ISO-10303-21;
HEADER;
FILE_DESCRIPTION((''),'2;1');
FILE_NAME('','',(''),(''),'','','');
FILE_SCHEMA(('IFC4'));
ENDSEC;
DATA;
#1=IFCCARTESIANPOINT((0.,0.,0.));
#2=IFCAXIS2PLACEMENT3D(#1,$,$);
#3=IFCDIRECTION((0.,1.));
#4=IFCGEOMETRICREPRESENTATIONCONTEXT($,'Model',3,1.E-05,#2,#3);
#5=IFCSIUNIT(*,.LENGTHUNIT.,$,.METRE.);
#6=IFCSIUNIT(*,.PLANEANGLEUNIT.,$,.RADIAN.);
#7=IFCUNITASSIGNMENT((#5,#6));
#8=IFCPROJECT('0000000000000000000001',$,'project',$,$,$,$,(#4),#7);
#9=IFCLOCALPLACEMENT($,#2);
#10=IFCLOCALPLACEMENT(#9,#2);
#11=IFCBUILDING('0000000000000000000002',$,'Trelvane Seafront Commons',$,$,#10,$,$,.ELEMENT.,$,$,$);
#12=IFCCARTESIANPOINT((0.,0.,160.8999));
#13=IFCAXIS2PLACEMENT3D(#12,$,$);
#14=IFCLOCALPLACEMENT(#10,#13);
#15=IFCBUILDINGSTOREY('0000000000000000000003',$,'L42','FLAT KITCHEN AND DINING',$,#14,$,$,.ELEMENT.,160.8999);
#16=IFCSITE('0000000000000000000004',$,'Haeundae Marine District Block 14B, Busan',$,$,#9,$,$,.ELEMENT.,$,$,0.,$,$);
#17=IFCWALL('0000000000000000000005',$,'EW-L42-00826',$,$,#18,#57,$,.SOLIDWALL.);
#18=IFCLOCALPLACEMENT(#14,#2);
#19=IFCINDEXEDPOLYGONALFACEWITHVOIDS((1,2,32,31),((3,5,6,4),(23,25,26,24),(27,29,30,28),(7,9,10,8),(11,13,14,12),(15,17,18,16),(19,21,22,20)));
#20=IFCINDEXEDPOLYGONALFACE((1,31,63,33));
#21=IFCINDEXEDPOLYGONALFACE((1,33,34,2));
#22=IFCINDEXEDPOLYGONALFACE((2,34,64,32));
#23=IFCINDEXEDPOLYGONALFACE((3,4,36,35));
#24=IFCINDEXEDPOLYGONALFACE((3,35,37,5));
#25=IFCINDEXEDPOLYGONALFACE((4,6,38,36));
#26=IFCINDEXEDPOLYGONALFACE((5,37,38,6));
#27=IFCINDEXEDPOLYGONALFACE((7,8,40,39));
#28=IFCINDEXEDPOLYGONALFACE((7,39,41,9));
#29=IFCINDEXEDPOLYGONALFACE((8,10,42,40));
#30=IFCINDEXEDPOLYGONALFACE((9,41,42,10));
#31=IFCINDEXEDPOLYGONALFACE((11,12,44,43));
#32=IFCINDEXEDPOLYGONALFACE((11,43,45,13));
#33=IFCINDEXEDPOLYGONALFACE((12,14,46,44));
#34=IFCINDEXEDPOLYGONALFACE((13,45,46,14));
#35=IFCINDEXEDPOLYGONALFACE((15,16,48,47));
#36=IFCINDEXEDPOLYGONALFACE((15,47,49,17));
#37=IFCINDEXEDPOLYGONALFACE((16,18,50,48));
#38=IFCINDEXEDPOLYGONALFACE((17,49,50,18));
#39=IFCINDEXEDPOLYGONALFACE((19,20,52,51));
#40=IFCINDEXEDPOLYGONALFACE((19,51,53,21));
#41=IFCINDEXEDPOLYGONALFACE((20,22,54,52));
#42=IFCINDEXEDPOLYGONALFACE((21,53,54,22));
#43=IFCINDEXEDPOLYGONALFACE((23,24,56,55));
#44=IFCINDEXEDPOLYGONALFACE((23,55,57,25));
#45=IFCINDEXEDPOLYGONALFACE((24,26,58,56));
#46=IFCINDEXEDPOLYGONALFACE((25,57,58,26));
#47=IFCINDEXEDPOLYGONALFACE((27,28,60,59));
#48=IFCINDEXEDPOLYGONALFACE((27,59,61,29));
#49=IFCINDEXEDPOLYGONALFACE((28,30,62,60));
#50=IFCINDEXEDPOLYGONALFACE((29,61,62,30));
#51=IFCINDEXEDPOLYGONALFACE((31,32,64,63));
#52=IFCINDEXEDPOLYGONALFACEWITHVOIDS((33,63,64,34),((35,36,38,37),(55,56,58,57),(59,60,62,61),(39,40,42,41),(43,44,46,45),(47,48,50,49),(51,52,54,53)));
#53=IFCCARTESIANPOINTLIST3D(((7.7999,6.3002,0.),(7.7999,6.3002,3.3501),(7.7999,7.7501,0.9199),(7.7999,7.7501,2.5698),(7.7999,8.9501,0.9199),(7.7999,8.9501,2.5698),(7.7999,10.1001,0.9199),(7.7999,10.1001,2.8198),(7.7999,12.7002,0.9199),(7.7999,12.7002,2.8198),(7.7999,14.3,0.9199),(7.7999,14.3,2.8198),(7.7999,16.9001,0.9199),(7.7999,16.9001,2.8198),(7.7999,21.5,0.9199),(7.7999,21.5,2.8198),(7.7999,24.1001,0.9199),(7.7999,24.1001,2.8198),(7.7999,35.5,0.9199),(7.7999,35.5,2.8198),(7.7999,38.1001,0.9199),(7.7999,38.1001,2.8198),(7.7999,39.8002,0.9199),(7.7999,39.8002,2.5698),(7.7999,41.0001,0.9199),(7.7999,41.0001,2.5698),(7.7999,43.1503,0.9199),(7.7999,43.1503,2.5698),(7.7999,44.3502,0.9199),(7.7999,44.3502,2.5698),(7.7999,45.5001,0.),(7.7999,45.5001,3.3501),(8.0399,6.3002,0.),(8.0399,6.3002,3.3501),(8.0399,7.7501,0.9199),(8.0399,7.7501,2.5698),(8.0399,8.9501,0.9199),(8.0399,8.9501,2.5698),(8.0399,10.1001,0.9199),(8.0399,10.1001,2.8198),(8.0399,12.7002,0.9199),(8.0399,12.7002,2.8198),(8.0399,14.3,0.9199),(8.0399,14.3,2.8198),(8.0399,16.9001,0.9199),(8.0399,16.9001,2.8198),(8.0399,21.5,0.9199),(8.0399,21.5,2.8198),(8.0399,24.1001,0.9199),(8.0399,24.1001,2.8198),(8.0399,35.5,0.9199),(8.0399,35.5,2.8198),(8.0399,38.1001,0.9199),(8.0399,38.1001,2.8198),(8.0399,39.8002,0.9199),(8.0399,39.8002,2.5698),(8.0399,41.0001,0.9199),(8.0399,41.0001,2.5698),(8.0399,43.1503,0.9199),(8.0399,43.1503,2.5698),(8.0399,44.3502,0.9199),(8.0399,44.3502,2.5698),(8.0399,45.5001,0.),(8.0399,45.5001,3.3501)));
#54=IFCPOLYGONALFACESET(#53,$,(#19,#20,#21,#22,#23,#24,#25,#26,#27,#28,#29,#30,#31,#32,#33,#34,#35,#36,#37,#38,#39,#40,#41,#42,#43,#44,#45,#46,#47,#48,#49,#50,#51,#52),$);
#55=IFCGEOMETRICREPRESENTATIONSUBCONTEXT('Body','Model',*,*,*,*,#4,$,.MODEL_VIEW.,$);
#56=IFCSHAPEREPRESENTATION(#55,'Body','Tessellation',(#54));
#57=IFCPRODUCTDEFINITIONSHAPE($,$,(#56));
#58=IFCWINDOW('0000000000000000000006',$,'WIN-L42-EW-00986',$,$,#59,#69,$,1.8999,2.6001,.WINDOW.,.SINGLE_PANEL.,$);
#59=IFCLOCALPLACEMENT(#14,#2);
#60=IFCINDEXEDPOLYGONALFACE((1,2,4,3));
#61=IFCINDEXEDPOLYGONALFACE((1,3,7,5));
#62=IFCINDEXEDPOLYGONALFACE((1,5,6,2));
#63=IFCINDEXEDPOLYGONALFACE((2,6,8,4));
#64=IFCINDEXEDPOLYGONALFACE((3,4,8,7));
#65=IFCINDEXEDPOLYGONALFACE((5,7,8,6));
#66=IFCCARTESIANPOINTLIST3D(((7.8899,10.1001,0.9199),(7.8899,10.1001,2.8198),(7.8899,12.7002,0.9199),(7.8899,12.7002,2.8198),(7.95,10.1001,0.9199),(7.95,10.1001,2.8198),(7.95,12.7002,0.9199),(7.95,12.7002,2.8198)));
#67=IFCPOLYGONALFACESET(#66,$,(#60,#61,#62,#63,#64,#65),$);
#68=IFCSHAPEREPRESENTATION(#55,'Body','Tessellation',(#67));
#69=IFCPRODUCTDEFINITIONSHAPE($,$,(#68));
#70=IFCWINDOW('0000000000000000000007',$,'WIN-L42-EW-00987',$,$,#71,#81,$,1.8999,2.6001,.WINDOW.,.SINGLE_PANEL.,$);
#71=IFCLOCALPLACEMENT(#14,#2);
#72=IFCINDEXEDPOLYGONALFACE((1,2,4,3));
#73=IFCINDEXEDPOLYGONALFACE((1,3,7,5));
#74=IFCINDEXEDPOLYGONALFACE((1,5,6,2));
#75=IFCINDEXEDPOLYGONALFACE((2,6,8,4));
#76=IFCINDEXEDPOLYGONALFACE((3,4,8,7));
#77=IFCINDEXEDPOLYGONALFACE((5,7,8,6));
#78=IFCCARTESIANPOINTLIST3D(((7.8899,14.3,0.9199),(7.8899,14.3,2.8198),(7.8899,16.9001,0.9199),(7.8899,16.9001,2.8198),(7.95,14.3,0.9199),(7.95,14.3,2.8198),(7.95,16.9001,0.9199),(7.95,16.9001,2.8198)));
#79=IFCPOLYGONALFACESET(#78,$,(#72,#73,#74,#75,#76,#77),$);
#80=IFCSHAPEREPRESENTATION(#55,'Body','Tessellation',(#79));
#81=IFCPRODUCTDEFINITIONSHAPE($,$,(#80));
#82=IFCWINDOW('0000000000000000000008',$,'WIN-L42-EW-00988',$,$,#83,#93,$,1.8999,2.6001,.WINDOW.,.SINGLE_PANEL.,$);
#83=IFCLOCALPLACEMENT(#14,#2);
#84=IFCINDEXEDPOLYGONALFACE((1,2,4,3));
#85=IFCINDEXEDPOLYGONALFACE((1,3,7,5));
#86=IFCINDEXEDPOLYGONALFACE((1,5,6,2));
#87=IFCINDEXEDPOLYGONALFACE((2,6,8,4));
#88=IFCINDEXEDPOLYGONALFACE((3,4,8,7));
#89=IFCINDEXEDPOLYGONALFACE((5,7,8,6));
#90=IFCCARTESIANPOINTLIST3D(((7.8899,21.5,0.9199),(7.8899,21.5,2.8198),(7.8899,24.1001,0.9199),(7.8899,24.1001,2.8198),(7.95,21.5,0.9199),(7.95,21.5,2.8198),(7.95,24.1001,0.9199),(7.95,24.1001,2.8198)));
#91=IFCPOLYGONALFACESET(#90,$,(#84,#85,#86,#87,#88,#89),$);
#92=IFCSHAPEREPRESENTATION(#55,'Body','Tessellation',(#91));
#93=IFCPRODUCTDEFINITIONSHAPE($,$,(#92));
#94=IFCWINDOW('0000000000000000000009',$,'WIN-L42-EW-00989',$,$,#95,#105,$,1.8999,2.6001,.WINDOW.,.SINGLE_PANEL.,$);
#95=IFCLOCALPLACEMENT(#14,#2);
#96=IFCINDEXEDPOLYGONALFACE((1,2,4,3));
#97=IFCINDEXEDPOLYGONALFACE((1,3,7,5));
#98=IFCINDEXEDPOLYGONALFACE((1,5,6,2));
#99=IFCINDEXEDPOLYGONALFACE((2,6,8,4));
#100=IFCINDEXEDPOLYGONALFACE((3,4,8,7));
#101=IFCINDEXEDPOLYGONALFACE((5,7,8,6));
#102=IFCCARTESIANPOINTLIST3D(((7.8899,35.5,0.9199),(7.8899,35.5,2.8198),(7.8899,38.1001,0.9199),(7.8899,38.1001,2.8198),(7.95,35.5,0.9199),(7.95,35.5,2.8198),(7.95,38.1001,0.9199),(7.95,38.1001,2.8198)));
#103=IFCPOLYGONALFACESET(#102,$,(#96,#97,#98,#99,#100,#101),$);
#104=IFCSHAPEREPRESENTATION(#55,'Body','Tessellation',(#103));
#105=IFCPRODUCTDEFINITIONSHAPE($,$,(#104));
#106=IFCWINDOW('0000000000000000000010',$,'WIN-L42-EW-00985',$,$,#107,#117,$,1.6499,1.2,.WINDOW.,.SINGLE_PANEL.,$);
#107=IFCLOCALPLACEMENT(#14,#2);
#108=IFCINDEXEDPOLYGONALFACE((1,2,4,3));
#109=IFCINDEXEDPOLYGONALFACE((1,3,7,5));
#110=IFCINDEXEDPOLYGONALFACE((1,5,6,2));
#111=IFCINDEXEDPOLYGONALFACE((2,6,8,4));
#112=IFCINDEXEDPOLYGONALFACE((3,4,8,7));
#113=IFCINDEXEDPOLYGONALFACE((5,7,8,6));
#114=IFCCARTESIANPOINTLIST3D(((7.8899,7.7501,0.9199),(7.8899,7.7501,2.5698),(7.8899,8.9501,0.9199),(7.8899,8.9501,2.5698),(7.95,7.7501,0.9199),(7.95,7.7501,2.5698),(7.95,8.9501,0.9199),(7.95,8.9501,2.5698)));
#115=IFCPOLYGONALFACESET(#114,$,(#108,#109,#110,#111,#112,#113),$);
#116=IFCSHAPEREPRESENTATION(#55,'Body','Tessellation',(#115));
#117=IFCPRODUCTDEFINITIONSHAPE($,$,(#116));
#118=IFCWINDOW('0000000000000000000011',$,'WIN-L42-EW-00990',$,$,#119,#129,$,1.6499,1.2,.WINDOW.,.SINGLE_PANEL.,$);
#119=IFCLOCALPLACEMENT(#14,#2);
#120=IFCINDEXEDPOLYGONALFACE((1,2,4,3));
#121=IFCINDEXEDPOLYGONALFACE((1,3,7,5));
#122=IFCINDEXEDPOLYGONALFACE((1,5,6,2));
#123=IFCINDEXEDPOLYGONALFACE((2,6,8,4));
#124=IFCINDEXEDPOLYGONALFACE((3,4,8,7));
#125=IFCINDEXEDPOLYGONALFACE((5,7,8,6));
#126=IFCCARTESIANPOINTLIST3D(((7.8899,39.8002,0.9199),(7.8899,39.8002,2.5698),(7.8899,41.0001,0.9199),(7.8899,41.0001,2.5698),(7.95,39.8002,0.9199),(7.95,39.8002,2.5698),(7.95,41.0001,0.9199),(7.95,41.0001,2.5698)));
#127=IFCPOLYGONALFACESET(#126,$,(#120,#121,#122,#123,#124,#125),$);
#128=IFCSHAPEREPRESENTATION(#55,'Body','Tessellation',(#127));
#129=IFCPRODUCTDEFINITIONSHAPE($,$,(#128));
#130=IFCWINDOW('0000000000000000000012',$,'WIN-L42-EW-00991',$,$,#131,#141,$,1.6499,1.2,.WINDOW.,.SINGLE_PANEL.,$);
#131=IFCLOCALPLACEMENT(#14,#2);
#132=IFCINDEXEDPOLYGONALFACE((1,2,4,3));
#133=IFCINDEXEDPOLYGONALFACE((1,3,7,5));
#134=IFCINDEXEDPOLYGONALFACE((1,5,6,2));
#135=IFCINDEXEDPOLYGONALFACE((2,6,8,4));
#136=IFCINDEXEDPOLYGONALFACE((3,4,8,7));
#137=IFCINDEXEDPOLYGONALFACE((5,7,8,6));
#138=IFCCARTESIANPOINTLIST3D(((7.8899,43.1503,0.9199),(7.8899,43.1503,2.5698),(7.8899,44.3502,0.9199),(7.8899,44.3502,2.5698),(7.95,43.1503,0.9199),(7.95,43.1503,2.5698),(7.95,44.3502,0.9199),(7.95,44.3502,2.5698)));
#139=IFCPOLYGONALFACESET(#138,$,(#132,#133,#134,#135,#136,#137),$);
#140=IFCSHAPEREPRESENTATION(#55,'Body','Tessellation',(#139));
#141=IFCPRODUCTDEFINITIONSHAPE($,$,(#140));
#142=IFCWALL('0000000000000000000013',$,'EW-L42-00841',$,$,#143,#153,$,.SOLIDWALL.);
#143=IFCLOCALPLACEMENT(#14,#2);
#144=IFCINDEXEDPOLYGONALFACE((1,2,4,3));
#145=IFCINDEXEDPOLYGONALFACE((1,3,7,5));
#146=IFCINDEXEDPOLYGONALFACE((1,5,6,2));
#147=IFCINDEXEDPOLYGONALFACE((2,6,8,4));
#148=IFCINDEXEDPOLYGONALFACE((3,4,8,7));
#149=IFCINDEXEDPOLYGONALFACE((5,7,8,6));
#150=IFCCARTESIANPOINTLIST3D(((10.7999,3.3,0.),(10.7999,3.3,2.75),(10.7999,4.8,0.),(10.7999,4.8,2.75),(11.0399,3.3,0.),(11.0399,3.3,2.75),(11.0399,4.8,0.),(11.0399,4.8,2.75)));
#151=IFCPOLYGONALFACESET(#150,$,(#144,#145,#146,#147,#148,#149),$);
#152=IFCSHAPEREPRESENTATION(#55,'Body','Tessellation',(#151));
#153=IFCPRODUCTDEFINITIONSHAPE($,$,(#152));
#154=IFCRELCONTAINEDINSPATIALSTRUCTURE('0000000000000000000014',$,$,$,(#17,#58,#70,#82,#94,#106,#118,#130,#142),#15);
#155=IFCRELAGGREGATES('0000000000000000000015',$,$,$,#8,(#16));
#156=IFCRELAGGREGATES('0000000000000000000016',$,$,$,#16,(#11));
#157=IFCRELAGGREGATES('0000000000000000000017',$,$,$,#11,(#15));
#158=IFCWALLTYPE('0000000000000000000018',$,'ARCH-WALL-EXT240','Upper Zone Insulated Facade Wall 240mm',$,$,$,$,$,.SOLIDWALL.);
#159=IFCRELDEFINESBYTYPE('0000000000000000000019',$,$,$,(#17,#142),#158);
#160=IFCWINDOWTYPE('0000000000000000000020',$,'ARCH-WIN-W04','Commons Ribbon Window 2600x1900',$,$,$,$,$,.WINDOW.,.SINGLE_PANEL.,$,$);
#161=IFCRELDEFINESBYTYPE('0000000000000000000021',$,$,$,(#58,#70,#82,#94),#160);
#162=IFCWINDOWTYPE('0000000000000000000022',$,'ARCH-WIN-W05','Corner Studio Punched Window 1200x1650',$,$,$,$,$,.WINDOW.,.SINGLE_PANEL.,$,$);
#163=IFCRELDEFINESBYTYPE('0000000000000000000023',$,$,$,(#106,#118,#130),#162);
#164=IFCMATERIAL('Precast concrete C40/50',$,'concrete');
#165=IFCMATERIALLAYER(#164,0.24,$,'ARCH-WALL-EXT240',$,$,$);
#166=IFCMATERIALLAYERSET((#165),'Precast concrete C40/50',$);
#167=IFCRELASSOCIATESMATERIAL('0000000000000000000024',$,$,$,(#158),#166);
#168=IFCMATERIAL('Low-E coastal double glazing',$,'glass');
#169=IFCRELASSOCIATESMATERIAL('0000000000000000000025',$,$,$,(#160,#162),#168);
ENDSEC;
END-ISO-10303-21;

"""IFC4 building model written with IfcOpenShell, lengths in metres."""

from ifc_helpers import new_model, si_unit, direction, frame, frame_2d, origin, place, context, subcontext, project, spatial, rectangle, extrude, source, transform, mapped, material, layer, layer_set, type_object, element, fill, save


model = new_model("IFC4")

# Units and contexts
model_context = context("Model", 3, precision=1e-05, world=origin(), true_north=direction((0.0, 1.0)))
body_context = subcontext(model_context, "Body", "Model", "MODEL_VIEW")
ifc_project = project(units=[si_unit("LENGTHUNIT", "METRE"), si_unit("PLANEANGLEUNIT", "RADIAN")], contexts=[model_context])

# Site, building, storey
site_placement = place(None, origin())
site = spatial("IfcSite", under=ifc_project, at=site_placement, Name="Haeundae Marine District Block 14B, Busan", CompositionType="ELEMENT", RefElevation=0.0)
building_placement = place(site_placement, origin())
building = spatial("IfcBuilding", under=site, at=building_placement, Name="Trelvane Seafront Commons", CompositionType="ELEMENT")
storey_placement = place(building_placement, frame((0.0, 0.0, 160.8999)))
storey = spatial("IfcBuildingStorey", under=building, at=storey_placement, Name="L42", Description="FLAT KITCHEN AND DINING", CompositionType="ELEMENT", Elevation=160.8999)

# Shared definitions
ifc_material_1 = material(Name="Precast concrete C40/50", Category="concrete")
ifc_layer_1 = layer(ifc_material_1, 0.24, Name="ARCH-WALL-EXT240")
ifc_layer_set_1 = layer_set([ifc_layer_1], Name="Precast concrete C40/50")
wall_type_1 = type_object("IfcWallType", Name="ARCH-WALL-EXT240", Description="Upper Zone Insulated Facade Wall 240mm", PredefinedType="SOLIDWALL", material=ifc_layer_set_1)

# Wall, openings, windows
wall_1_placement = place(storey_placement, frame((7.9199, 6.3, 0.0), z_axis=(0.0, 0.0, 1.0), x_axis=(0.0, 1.0, 0.0)))
wall_1 = element("IfcWall", 1, at=wall_1_placement, inside=storey, type_object=wall_type_1, Name="EW-L42-00826", PredefinedType="SOLIDWALL", context=body_context, shape_type="SweptSolid", body=[
    extrude(rectangle(XDim=39.2, YDim=0.24, at=frame_2d((19.6001, 0.0))), origin(), (0.0, 0.0, 1.0), 3.3501),
])
opening_1_placement = place(wall_1_placement, frame((1.45, 0.0, 0.9199)))
opening_1 = element("IfcOpeningElement", 2, at=opening_1_placement, cuts=wall_1, PredefinedType="OPENING", context=body_context, shape_type="SweptSolid", body=[
    extrude(rectangle(XDim=1.2, YDim=1.6499, at=frame_2d((0.6001, 0.825))), frame((0.0, 0.1299, 0.0), z_axis=(0.0, -1.0, 0.0), x_axis=(1.0, 0.0, 0.0)), (0.0, 0.0, 1.0), 0.26),
])
opening_2_placement = place(wall_1_placement, frame((3.8, 0.0, 0.9199)))
opening_2 = element("IfcOpeningElement", 3, at=opening_2_placement, cuts=wall_1, PredefinedType="OPENING", context=body_context, shape_type="SweptSolid", body=[
    extrude(rectangle(XDim=2.6001, YDim=1.8999, at=frame_2d((1.3, 0.95))), frame((0.0, 0.1299, 0.0), z_axis=(0.0, -1.0, 0.0), x_axis=(1.0, 0.0, 0.0)), (0.0, 0.0, 1.0), 0.26),
])
opening_3_placement = place(wall_1_placement, frame((8.0, 0.0, 0.9199)))
opening_3 = element("IfcOpeningElement", 4, at=opening_3_placement, cuts=wall_1, PredefinedType="OPENING", context=body_context, shape_type="SweptSolid", body=[
    extrude(rectangle(XDim=2.6001, YDim=1.8999, at=frame_2d((1.3, 0.95))), frame((0.0, 0.1299, 0.0), z_axis=(0.0, -1.0, 0.0), x_axis=(1.0, 0.0, 0.0)), (0.0, 0.0, 1.0), 0.26),
])
opening_4_placement = place(wall_1_placement, frame((15.2, 0.0, 0.9199)))
opening_4 = element("IfcOpeningElement", 5, at=opening_4_placement, cuts=wall_1, PredefinedType="OPENING", context=body_context, shape_type="SweptSolid", body=[
    extrude(rectangle(XDim=2.6001, YDim=1.8999, at=frame_2d((1.3, 0.95))), frame((0.0, 0.1299, 0.0), z_axis=(0.0, -1.0, 0.0), x_axis=(1.0, 0.0, 0.0)), (0.0, 0.0, 1.0), 0.26),
])
opening_5_placement = place(wall_1_placement, frame((29.2, 0.0, 0.9199)))
opening_5 = element("IfcOpeningElement", 6, at=opening_5_placement, cuts=wall_1, PredefinedType="OPENING", context=body_context, shape_type="SweptSolid", body=[
    extrude(rectangle(XDim=2.6001, YDim=1.8999, at=frame_2d((1.3, 0.95))), frame((0.0, 0.1299, 0.0), z_axis=(0.0, -1.0, 0.0), x_axis=(1.0, 0.0, 0.0)), (0.0, 0.0, 1.0), 0.26),
])
opening_6_placement = place(wall_1_placement, frame((33.5, 0.0, 0.9199)))
opening_6 = element("IfcOpeningElement", 7, at=opening_6_placement, cuts=wall_1, PredefinedType="OPENING", context=body_context, shape_type="SweptSolid", body=[
    extrude(rectangle(XDim=1.2, YDim=1.6499, at=frame_2d((0.6001, 0.825))), frame((0.0, 0.1299, 0.0), z_axis=(0.0, -1.0, 0.0), x_axis=(1.0, 0.0, 0.0)), (0.0, 0.0, 1.0), 0.26),
])
opening_7_placement = place(wall_1_placement, frame((36.8501, 0.0, 0.9199)))
opening_7 = element("IfcOpeningElement", 8, at=opening_7_placement, cuts=wall_1, PredefinedType="OPENING", context=body_context, shape_type="SweptSolid", body=[
    extrude(rectangle(XDim=1.2, YDim=1.6499, at=frame_2d((0.6001, 0.825))), frame((0.0, 0.1299, 0.0), z_axis=(0.0, -1.0, 0.0), x_axis=(1.0, 0.0, 0.0)), (0.0, 0.0, 1.0), 0.26),
])
ifc_material_2 = material(Name="Low-E coastal double glazing", Category="glass")
window_type_1 = type_object("IfcWindowType", Name="ARCH-WIN-W04", Description="Commons Ribbon Window 2600x1900", PartitioningType="SINGLE_PANEL", PredefinedType="WINDOW", material=ifc_material_2)
shared_shape_1 = source(origin(), body_context, "Body", "SweptSolid", [
    extrude(rectangle(XDim=2.6001, YDim=1.8999, at=frame_2d((1.3, 0.95))), frame((0.0, 0.03, 0.0), z_axis=(0.0, -1.0, 0.0), x_axis=(1.0, 0.0, 0.0)), (0.0, 0.0, 1.0), 0.0601),
])
window_1_placement = place(opening_2_placement, origin())
window_1 = element("IfcWindow", 9, at=window_1_placement, inside=storey, type_object=window_type_1, Name="WIN-L42-EW-00986", OverallHeight=1.8999, OverallWidth=2.6001, PartitioningType="SINGLE_PANEL", PredefinedType="WINDOW", context=body_context, shape_type="MappedRepresentation", body=[
    mapped(shared_shape_1, transform((0.0, 0.0, 0.0), x_axis=(1.0, 0.0, 0.0), y_axis=(0.0, 1.0, 0.0), z_axis=(0.0, 0.0, 1.0), scale=1.0)),
])
fill(opening_2, window_1)
window_2_placement = place(opening_3_placement, origin())
window_2 = element("IfcWindow", 10, at=window_2_placement, inside=storey, type_object=window_type_1, Name="WIN-L42-EW-00987", OverallHeight=1.8999, OverallWidth=2.6001, PartitioningType="SINGLE_PANEL", PredefinedType="WINDOW", context=body_context, shape_type="MappedRepresentation", body=[
    mapped(shared_shape_1, transform((0.0, 0.0, 0.0), x_axis=(1.0, 0.0, 0.0), y_axis=(0.0, 1.0, 0.0), z_axis=(0.0, 0.0, 1.0), scale=1.0)),
])
fill(opening_3, window_2)
window_3_placement = place(opening_4_placement, origin())
window_3 = element("IfcWindow", 11, at=window_3_placement, inside=storey, type_object=window_type_1, Name="WIN-L42-EW-00988", OverallHeight=1.8999, OverallWidth=2.6001, PartitioningType="SINGLE_PANEL", PredefinedType="WINDOW", context=body_context, shape_type="MappedRepresentation", body=[
    mapped(shared_shape_1, transform((0.0, 0.0, 0.0), x_axis=(1.0, 0.0, 0.0), y_axis=(0.0, 1.0, 0.0), z_axis=(0.0, 0.0, 1.0), scale=1.0)),
])
fill(opening_4, window_3)
window_4_placement = place(opening_5_placement, origin())
window_4 = element("IfcWindow", 12, at=window_4_placement, inside=storey, type_object=window_type_1, Name="WIN-L42-EW-00989", OverallHeight=1.8999, OverallWidth=2.6001, PartitioningType="SINGLE_PANEL", PredefinedType="WINDOW", context=body_context, shape_type="MappedRepresentation", body=[
    mapped(shared_shape_1, transform((0.0, 0.0, 0.0), x_axis=(1.0, 0.0, 0.0), y_axis=(0.0, 1.0, 0.0), z_axis=(0.0, 0.0, 1.0), scale=1.0)),
])
fill(opening_5, window_4)
window_type_2 = type_object("IfcWindowType", Name="ARCH-WIN-W05", Description="Corner Studio Punched Window 1200x1650", PartitioningType="SINGLE_PANEL", PredefinedType="WINDOW", material=ifc_material_2)
shared_shape_2 = source(origin(), body_context, "Body", "SweptSolid", [
    extrude(rectangle(XDim=1.2, YDim=1.6499, at=frame_2d((0.6001, 0.825))), frame((0.0, 0.03, 0.0), z_axis=(0.0, -1.0, 0.0), x_axis=(1.0, 0.0, 0.0)), (0.0, 0.0, 1.0), 0.0601),
])
window_5_placement = place(opening_1_placement, origin())
window_5 = element("IfcWindow", 13, at=window_5_placement, inside=storey, type_object=window_type_2, Name="WIN-L42-EW-00985", OverallHeight=1.6499, OverallWidth=1.2, PartitioningType="SINGLE_PANEL", PredefinedType="WINDOW", context=body_context, shape_type="MappedRepresentation", body=[
    mapped(shared_shape_2, transform((0.0, 0.0, 0.0), x_axis=(1.0, 0.0, 0.0), y_axis=(0.0, 1.0, 0.0), z_axis=(0.0, 0.0, 1.0), scale=1.0)),
])
fill(opening_1, window_5)
window_6_placement = place(opening_6_placement, origin())
window_6 = element("IfcWindow", 14, at=window_6_placement, inside=storey, type_object=window_type_2, Name="WIN-L42-EW-00990", OverallHeight=1.6499, OverallWidth=1.2, PartitioningType="SINGLE_PANEL", PredefinedType="WINDOW", context=body_context, shape_type="MappedRepresentation", body=[
    mapped(shared_shape_2, transform((0.0, 0.0, 0.0), x_axis=(1.0, 0.0, 0.0), y_axis=(0.0, 1.0, 0.0), z_axis=(0.0, 0.0, 1.0), scale=1.0)),
])
fill(opening_6, window_6)
window_7_placement = place(opening_7_placement, origin())
window_7 = element("IfcWindow", 15, at=window_7_placement, inside=storey, type_object=window_type_2, Name="WIN-L42-EW-00991", OverallHeight=1.6499, OverallWidth=1.2, PartitioningType="SINGLE_PANEL", PredefinedType="WINDOW", context=body_context, shape_type="MappedRepresentation", body=[
    mapped(shared_shape_2, transform((0.0, 0.0, 0.0), x_axis=(1.0, 0.0, 0.0), y_axis=(0.0, 1.0, 0.0), z_axis=(0.0, 0.0, 1.0), scale=1.0)),
])
fill(opening_7, window_7)

# Wall
wall_2_placement = place(storey_placement, frame((10.9199, 3.3, 0.0), z_axis=(0.0, 0.0, 1.0), x_axis=(0.0, 1.0, 0.0)))
element("IfcWall", 16, at=wall_2_placement, inside=storey, type_object=wall_type_1, Name="EW-L42-00841", PredefinedType="SOLIDWALL", context=body_context, shape_type="SweptSolid", body=[
    extrude(rectangle(XDim=1.5, YDim=0.24, at=frame_2d((0.75, 0.0))), origin(), (0.0, 0.0, 1.0), 2.75),
])

save(model, "model.ifc")
